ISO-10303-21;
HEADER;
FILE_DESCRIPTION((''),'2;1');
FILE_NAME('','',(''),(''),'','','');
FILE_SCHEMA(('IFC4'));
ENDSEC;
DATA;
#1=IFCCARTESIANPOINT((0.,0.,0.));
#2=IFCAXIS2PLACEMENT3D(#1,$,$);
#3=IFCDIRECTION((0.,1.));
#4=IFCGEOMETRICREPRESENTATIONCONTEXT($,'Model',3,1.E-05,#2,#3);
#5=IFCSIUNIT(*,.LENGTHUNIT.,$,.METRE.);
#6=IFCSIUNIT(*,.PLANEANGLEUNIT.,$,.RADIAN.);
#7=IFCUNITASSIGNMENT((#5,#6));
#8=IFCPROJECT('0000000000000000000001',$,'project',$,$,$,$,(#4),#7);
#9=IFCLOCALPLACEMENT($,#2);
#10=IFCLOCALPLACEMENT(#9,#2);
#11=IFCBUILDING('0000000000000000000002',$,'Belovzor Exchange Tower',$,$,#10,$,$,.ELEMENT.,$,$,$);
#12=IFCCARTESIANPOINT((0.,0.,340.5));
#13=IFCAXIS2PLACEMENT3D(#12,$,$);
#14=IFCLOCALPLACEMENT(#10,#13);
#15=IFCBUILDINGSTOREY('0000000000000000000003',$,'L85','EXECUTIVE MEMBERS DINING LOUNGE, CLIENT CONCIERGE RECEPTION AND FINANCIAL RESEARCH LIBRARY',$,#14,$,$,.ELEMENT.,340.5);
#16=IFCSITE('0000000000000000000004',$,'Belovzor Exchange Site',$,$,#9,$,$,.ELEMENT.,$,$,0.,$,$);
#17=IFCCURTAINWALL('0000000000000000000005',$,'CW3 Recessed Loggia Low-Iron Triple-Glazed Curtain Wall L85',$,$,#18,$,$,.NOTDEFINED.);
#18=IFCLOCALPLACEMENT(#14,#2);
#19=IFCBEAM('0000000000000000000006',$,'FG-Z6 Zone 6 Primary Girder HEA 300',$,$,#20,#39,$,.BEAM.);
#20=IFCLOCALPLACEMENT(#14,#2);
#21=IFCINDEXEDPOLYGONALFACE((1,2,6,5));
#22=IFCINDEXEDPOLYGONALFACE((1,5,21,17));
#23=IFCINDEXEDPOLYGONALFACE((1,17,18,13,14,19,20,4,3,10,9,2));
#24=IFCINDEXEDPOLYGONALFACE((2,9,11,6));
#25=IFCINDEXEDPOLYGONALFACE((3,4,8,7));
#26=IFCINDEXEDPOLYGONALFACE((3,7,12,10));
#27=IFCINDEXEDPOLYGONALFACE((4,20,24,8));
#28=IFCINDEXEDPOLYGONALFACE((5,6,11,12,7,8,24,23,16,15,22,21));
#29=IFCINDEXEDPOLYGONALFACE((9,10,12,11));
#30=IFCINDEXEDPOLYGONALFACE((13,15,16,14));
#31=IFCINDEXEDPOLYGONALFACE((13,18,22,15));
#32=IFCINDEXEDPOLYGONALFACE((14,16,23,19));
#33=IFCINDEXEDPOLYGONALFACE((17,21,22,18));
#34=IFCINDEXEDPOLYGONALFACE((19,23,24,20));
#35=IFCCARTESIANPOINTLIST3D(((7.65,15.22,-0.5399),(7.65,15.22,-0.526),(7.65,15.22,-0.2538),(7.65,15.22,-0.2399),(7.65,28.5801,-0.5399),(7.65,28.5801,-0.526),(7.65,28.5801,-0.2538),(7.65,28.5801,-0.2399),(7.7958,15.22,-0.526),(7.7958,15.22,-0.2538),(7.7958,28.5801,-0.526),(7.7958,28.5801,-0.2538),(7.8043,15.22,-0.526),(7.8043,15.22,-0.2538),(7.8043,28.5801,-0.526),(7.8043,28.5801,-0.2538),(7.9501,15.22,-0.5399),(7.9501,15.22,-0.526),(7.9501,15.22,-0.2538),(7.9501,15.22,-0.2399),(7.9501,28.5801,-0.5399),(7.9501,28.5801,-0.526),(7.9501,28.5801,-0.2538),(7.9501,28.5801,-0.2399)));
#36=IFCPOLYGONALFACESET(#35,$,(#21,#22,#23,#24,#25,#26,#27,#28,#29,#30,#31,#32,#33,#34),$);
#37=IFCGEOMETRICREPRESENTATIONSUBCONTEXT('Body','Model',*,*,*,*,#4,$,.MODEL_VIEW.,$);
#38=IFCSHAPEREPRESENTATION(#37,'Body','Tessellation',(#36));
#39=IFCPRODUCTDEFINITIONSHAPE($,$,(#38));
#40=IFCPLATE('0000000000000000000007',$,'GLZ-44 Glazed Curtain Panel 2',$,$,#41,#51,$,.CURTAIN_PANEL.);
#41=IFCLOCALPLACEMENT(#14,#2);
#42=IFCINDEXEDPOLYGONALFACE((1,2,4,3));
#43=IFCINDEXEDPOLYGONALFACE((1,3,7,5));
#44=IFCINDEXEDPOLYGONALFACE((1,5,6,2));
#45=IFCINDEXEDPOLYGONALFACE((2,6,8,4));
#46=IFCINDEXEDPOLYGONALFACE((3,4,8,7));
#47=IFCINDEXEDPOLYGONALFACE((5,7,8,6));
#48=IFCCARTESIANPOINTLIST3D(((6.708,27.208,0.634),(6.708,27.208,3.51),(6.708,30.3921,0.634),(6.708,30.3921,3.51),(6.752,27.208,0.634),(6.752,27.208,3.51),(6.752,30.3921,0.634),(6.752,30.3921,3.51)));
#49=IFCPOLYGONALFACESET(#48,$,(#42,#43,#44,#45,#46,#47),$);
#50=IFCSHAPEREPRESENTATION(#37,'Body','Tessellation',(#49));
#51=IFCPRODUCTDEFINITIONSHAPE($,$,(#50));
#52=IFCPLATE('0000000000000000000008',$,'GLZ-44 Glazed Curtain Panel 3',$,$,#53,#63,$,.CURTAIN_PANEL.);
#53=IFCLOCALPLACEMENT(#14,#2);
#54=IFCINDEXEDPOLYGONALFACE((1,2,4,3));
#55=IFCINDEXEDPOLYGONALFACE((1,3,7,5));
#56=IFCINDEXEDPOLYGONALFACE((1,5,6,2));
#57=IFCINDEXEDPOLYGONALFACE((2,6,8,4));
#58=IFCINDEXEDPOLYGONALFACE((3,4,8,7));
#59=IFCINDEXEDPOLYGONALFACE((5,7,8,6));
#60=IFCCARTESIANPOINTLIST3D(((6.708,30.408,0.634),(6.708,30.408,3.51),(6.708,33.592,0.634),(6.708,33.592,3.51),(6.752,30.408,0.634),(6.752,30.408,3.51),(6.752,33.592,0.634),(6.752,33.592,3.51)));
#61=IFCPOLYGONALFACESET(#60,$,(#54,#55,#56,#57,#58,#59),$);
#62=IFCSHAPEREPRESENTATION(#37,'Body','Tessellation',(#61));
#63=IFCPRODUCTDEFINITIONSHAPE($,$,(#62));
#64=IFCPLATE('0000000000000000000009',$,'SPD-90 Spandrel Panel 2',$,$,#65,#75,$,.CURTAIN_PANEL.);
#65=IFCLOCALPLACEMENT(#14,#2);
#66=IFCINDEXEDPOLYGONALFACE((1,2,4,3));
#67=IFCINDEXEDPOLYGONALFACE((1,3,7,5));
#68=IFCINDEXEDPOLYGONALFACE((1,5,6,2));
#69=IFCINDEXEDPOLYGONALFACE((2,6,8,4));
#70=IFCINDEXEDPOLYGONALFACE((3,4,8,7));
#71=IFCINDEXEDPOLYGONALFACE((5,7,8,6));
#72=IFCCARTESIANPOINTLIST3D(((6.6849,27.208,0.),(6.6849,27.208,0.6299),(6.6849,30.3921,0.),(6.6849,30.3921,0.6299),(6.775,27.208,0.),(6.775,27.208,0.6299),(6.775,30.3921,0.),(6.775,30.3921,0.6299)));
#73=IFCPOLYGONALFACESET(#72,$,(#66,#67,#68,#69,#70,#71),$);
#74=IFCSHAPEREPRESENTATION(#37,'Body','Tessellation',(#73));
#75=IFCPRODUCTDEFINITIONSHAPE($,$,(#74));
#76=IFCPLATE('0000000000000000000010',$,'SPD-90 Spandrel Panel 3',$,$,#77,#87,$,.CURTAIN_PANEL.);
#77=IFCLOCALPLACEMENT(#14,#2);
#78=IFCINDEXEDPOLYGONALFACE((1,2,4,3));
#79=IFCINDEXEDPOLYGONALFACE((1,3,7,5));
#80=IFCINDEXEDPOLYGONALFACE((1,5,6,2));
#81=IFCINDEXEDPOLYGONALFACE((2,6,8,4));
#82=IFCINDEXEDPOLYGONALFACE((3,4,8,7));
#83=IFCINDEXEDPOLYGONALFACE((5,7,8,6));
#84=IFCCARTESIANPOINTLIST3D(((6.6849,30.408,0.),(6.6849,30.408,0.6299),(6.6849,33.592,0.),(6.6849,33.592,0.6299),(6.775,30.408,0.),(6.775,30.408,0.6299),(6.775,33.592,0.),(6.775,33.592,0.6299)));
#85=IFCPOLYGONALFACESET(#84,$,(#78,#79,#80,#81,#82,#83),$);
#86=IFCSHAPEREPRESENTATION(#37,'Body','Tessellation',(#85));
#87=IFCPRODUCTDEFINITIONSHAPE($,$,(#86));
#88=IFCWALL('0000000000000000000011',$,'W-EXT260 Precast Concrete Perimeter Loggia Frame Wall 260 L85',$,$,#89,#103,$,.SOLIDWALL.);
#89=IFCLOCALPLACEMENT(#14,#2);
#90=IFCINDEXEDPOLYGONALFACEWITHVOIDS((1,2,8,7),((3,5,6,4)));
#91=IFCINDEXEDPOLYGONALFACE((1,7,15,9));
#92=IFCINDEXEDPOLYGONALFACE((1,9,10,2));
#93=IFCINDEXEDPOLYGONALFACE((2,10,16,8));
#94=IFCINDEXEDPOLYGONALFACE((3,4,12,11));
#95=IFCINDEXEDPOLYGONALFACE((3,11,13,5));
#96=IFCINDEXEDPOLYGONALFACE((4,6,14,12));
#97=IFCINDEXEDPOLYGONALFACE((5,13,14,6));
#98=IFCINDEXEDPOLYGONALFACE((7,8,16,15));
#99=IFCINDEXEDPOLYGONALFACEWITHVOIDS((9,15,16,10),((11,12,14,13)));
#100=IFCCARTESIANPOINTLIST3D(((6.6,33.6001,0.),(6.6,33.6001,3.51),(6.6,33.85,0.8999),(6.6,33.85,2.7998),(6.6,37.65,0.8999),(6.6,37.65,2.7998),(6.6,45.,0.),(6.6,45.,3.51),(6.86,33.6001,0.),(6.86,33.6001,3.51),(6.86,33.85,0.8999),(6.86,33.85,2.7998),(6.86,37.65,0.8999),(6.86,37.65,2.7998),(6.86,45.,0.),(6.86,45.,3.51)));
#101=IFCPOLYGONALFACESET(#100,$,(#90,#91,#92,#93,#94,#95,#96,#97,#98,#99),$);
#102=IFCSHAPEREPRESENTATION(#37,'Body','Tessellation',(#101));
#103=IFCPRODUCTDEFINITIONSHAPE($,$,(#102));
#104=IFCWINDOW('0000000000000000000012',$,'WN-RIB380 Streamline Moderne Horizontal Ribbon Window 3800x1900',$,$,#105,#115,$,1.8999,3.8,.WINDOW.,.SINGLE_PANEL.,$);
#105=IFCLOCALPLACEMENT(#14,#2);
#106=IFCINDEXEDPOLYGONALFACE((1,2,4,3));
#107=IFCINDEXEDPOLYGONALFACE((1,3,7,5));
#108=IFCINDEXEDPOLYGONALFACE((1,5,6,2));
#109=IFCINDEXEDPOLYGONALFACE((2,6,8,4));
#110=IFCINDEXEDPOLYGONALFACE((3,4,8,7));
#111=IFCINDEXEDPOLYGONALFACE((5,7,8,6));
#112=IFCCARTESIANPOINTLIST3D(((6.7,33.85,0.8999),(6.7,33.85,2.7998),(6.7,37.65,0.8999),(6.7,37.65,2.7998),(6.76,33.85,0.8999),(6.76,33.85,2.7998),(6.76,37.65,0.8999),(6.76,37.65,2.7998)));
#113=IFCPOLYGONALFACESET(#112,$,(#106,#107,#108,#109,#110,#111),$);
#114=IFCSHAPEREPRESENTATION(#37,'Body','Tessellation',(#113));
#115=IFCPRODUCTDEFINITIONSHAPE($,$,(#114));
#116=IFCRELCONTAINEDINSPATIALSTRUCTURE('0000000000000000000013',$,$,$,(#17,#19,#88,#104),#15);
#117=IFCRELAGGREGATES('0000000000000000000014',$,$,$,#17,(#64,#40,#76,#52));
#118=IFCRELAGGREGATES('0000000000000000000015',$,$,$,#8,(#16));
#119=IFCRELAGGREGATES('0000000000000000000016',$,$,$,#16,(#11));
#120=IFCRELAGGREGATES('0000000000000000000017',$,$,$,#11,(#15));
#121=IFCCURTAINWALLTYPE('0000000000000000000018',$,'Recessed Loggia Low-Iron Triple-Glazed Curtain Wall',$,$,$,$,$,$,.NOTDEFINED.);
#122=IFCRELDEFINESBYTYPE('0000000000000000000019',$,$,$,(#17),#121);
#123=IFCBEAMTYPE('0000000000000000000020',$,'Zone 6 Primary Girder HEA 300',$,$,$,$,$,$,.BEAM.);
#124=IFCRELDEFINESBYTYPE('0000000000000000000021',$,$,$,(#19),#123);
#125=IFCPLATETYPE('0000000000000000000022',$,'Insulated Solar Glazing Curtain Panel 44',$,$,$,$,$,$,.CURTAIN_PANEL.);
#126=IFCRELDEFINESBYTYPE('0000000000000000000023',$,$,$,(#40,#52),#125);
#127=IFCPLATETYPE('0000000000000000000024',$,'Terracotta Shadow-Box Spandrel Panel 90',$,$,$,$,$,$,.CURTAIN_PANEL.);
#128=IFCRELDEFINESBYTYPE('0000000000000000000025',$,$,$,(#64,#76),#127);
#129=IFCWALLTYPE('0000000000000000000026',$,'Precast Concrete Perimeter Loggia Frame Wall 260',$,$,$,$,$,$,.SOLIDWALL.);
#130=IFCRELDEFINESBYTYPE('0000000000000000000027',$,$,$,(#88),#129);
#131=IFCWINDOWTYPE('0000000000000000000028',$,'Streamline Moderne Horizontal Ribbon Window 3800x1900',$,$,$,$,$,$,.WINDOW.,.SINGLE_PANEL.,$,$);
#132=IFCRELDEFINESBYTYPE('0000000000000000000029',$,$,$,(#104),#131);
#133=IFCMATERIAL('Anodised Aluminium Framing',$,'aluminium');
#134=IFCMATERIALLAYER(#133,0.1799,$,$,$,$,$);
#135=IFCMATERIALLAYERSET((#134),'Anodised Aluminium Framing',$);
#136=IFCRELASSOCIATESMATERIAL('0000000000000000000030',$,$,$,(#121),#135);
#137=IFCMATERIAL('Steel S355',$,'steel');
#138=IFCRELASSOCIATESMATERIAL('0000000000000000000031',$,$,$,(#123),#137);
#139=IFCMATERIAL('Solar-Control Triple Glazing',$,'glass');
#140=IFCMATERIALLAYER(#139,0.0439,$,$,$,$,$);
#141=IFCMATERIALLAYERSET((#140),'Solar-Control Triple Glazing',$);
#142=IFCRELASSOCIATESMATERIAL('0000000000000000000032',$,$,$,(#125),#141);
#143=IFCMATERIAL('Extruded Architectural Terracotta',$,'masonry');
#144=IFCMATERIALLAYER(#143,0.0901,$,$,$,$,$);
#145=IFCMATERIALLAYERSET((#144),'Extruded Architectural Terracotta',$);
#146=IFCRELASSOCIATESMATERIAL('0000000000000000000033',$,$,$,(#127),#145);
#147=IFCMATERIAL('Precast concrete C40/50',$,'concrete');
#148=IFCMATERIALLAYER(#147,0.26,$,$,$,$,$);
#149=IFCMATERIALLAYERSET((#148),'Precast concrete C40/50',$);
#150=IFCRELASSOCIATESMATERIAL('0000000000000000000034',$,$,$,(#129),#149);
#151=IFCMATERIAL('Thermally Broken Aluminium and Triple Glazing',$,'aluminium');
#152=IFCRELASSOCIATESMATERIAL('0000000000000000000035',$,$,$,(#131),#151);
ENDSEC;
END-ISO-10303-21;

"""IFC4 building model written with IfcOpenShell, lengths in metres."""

from ifc_helpers import new_model, si_unit, direction, frame, frame_2d, origin, origin_2d, place, context, subcontext, project, spatial, rectangle, i_section, extrude, material, layer, layer_set, material_profile, profile_set, type_object, element, fill, aggregate, save


model = new_model("IFC4")

# Units and contexts
model_context = context("Model", 3, precision=1e-05, world=origin(), true_north=direction((0.0, 1.0)))
body_context = subcontext(model_context, "Body", "Model", "MODEL_VIEW")
ifc_project = project(units=[si_unit("LENGTHUNIT", "METRE"), si_unit("PLANEANGLEUNIT", "RADIAN")], contexts=[model_context])

# Site, building, storey
site_placement = place(None, origin())
site = spatial("IfcSite", under=ifc_project, at=site_placement, Name="Belovzor Exchange Site", CompositionType="ELEMENT", RefElevation=0.0)
building_placement = place(site_placement, origin())
building = spatial("IfcBuilding", under=site, at=building_placement, Name="Belovzor Exchange Tower", CompositionType="ELEMENT")
storey_placement = place(building_placement, frame((0.0, 0.0, 340.5)))
storey = spatial("IfcBuildingStorey", under=building, at=storey_placement, Name="L85", Description="EXECUTIVE MEMBERS DINING LOUNGE, CLIENT CONCIERGE RECEPTION AND FINANCIAL RESEARCH LIBRARY", CompositionType="ELEMENT", Elevation=340.5)

# Curtain wall
ifc_material_1 = material(Name="Anodised Aluminium Framing", Category="aluminium")
ifc_layer_1 = layer(ifc_material_1, 0.1799)
ifc_layer_set_1 = layer_set([ifc_layer_1], Name="Anodised Aluminium Framing")
curtain_wall_type = type_object("IfcCurtainWallType", Name="Recessed Loggia Low-Iron Triple-Glazed Curtain Wall", PredefinedType="NOTDEFINED", material=ifc_layer_set_1)
curtain_wall_placement = place(storey_placement, origin())
curtain_wall = element("IfcCurtainWall", 1, at=curtain_wall_placement, inside=storey, type_object=curtain_wall_type, Name="CW3 Recessed Loggia Low-Iron Triple-Glazed Curtain Wall L85", PredefinedType="NOTDEFINED")

# Beam
ifc_material_2 = material(Name="Steel S355", Category="steel")
ifc_material_profile_1 = material_profile(ifc_material_2, i_section(OverallWidth=0.3, OverallDepth=0.3, WebThickness=0.0085, FlangeThickness=0.0139, at=origin_2d()))
ifc_profile_set_1 = profile_set([ifc_material_profile_1], Name="Steel S355")
beam_type_1 = type_object("IfcBeamType", Name="Zone 6 Primary Girder HEA 300", PredefinedType="BEAM", material=ifc_profile_set_1)
beam_1_placement = place(storey_placement, frame((7.8, 28.5801, -0.3899), z_axis=(0.0, -1.0, 0.0), x_axis=(1.0, 0.0, 0.0)))
element("IfcBeam", 2, at=beam_1_placement, inside=storey, type_object=beam_type_1, Name="FG-Z6 Zone 6 Primary Girder HEA 300", PredefinedType="BEAM", context=body_context, shape_type="SweptSolid", body=[
    extrude(i_section(OverallWidth=0.3, OverallDepth=0.3, WebThickness=0.0085, FlangeThickness=0.0139, at=origin_2d()), origin(), (0.0, 0.0, 1.0), 13.3601),
])

# Plates
ifc_material_3 = material(Name="Solar-Control Triple Glazing", Category="glass")
ifc_layer_2 = layer(ifc_material_3, 0.0439)
ifc_layer_set_2 = layer_set([ifc_layer_2], Name="Solar-Control Triple Glazing")
plate_type_1 = type_object("IfcPlateType", Name="Insulated Solar Glazing Curtain Panel 44", PredefinedType="CURTAIN_PANEL", material=ifc_layer_set_2)
plate_1_placement = place(storey_placement, frame((6.73, 28.8, 0.634), z_axis=(0.0, 0.0, 1.0), x_axis=(0.0, 1.0, 0.0)))
plate_1 = element("IfcPlate", 3, at=plate_1_placement, type_object=plate_type_1, Name="GLZ-44 Glazed Curtain Panel 2", PredefinedType="CURTAIN_PANEL", context=body_context, shape_type="SweptSolid", body=[
    extrude(rectangle(XDim=3.1841, YDim=0.0439, at=origin_2d()), origin(), (0.0, 0.0, 1.0), 2.876),
])
plate_2_placement = place(storey_placement, frame((6.73, 32.0, 0.634), z_axis=(0.0, 0.0, 1.0), x_axis=(0.0, 1.0, 0.0)))
plate_2 = element("IfcPlate", 4, at=plate_2_placement, type_object=plate_type_1, Name="GLZ-44 Glazed Curtain Panel 3", PredefinedType="CURTAIN_PANEL", context=body_context, shape_type="SweptSolid", body=[
    extrude(rectangle(XDim=3.1841, YDim=0.0439, at=origin_2d()), origin(), (0.0, 0.0, 1.0), 2.876),
])
ifc_material_4 = material(Name="Extruded Architectural Terracotta", Category="masonry")
ifc_layer_3 = layer(ifc_material_4, 0.0901)
ifc_layer_set_3 = layer_set([ifc_layer_3], Name="Extruded Architectural Terracotta")
plate_type_2 = type_object("IfcPlateType", Name="Terracotta Shadow-Box Spandrel Panel 90", PredefinedType="CURTAIN_PANEL", material=ifc_layer_set_3)
plate_3_placement = place(storey_placement, frame((6.73, 28.8, 0.0), z_axis=(0.0, 0.0, 1.0), x_axis=(0.0, 1.0, 0.0)))
plate_3 = element("IfcPlate", 5, at=plate_3_placement, type_object=plate_type_2, Name="SPD-90 Spandrel Panel 2", PredefinedType="CURTAIN_PANEL", context=body_context, shape_type="SweptSolid", body=[
    extrude(rectangle(XDim=3.1841, YDim=0.0901, at=origin_2d()), origin(), (0.0, 0.0, 1.0), 0.6299),
])
plate_4_placement = place(storey_placement, frame((6.73, 32.0, 0.0), z_axis=(0.0, 0.0, 1.0), x_axis=(0.0, 1.0, 0.0)))
plate_4 = element("IfcPlate", 6, at=plate_4_placement, type_object=plate_type_2, Name="SPD-90 Spandrel Panel 3", PredefinedType="CURTAIN_PANEL", context=body_context, shape_type="SweptSolid", body=[
    extrude(rectangle(XDim=3.1841, YDim=0.0901, at=origin_2d()), origin(), (0.0, 0.0, 1.0), 0.6299),
])
aggregate(curtain_wall, [plate_3, plate_1, plate_4, plate_2])

# Wall, opening, window
ifc_material_5 = material(Name="Precast concrete C40/50", Category="concrete")
ifc_layer_4 = layer(ifc_material_5, 0.26)
ifc_layer_set_4 = layer_set([ifc_layer_4], Name="Precast concrete C40/50")
wall_type = type_object("IfcWallType", Name="Precast Concrete Perimeter Loggia Frame Wall 260", PredefinedType="SOLIDWALL", material=ifc_layer_set_4)
wall_placement = place(storey_placement, frame((6.73, 33.6001, 0.0), z_axis=(0.0, 0.0, 1.0), x_axis=(0.0, 1.0, 0.0)))
wall = element("IfcWall", 7, at=wall_placement, inside=storey, type_object=wall_type, Name="W-EXT260 Precast Concrete Perimeter Loggia Frame Wall 260 L85", PredefinedType="SOLIDWALL", context=body_context, shape_type="SweptSolid", body=[
    extrude(rectangle(XDim=11.3999, YDim=0.26, at=frame_2d((5.7, 0.0))), origin(), (0.0, 0.0, 1.0), 3.51),
])
opening_placement = place(wall_placement, frame((0.25, 0.0, 0.8999)))
opening = element("IfcOpeningElement", 8, at=opening_placement, cuts=wall, PredefinedType="OPENING", context=body_context, shape_type="SweptSolid", body=[
    extrude(rectangle(XDim=3.8, YDim=1.8999, at=frame_2d((1.8999, 0.95))), frame((0.0, 0.1399, 0.0), z_axis=(0.0, -1.0, 0.0), x_axis=(1.0, 0.0, 0.0)), (0.0, 0.0, 1.0), 0.28),
])
ifc_material_6 = material(Name="Thermally Broken Aluminium and Triple Glazing", Category="aluminium")
window_type = type_object("IfcWindowType", Name="Streamline Moderne Horizontal Ribbon Window 3800x1900", PartitioningType="SINGLE_PANEL", PredefinedType="WINDOW", material=ifc_material_6)
window_placement = place(opening_placement, origin())
window = element("IfcWindow", 9, at=window_placement, inside=storey, type_object=window_type, Name="WN-RIB380 Streamline Moderne Horizontal Ribbon Window 3800x1900", OverallHeight=1.8999, OverallWidth=3.8, PartitioningType="SINGLE_PANEL", PredefinedType="WINDOW", context=body_context, shape_type="SweptSolid", body=[
    extrude(rectangle(XDim=3.8, YDim=1.8999, at=frame_2d((1.8999, 0.95))), frame((0.0, 0.03, 0.0), z_axis=(0.0, -1.0, 0.0), x_axis=(1.0, 0.0, 0.0)), (0.0, 0.0, 1.0), 0.0601),
])
fill(opening, window)

save(model, "model.ifc")
